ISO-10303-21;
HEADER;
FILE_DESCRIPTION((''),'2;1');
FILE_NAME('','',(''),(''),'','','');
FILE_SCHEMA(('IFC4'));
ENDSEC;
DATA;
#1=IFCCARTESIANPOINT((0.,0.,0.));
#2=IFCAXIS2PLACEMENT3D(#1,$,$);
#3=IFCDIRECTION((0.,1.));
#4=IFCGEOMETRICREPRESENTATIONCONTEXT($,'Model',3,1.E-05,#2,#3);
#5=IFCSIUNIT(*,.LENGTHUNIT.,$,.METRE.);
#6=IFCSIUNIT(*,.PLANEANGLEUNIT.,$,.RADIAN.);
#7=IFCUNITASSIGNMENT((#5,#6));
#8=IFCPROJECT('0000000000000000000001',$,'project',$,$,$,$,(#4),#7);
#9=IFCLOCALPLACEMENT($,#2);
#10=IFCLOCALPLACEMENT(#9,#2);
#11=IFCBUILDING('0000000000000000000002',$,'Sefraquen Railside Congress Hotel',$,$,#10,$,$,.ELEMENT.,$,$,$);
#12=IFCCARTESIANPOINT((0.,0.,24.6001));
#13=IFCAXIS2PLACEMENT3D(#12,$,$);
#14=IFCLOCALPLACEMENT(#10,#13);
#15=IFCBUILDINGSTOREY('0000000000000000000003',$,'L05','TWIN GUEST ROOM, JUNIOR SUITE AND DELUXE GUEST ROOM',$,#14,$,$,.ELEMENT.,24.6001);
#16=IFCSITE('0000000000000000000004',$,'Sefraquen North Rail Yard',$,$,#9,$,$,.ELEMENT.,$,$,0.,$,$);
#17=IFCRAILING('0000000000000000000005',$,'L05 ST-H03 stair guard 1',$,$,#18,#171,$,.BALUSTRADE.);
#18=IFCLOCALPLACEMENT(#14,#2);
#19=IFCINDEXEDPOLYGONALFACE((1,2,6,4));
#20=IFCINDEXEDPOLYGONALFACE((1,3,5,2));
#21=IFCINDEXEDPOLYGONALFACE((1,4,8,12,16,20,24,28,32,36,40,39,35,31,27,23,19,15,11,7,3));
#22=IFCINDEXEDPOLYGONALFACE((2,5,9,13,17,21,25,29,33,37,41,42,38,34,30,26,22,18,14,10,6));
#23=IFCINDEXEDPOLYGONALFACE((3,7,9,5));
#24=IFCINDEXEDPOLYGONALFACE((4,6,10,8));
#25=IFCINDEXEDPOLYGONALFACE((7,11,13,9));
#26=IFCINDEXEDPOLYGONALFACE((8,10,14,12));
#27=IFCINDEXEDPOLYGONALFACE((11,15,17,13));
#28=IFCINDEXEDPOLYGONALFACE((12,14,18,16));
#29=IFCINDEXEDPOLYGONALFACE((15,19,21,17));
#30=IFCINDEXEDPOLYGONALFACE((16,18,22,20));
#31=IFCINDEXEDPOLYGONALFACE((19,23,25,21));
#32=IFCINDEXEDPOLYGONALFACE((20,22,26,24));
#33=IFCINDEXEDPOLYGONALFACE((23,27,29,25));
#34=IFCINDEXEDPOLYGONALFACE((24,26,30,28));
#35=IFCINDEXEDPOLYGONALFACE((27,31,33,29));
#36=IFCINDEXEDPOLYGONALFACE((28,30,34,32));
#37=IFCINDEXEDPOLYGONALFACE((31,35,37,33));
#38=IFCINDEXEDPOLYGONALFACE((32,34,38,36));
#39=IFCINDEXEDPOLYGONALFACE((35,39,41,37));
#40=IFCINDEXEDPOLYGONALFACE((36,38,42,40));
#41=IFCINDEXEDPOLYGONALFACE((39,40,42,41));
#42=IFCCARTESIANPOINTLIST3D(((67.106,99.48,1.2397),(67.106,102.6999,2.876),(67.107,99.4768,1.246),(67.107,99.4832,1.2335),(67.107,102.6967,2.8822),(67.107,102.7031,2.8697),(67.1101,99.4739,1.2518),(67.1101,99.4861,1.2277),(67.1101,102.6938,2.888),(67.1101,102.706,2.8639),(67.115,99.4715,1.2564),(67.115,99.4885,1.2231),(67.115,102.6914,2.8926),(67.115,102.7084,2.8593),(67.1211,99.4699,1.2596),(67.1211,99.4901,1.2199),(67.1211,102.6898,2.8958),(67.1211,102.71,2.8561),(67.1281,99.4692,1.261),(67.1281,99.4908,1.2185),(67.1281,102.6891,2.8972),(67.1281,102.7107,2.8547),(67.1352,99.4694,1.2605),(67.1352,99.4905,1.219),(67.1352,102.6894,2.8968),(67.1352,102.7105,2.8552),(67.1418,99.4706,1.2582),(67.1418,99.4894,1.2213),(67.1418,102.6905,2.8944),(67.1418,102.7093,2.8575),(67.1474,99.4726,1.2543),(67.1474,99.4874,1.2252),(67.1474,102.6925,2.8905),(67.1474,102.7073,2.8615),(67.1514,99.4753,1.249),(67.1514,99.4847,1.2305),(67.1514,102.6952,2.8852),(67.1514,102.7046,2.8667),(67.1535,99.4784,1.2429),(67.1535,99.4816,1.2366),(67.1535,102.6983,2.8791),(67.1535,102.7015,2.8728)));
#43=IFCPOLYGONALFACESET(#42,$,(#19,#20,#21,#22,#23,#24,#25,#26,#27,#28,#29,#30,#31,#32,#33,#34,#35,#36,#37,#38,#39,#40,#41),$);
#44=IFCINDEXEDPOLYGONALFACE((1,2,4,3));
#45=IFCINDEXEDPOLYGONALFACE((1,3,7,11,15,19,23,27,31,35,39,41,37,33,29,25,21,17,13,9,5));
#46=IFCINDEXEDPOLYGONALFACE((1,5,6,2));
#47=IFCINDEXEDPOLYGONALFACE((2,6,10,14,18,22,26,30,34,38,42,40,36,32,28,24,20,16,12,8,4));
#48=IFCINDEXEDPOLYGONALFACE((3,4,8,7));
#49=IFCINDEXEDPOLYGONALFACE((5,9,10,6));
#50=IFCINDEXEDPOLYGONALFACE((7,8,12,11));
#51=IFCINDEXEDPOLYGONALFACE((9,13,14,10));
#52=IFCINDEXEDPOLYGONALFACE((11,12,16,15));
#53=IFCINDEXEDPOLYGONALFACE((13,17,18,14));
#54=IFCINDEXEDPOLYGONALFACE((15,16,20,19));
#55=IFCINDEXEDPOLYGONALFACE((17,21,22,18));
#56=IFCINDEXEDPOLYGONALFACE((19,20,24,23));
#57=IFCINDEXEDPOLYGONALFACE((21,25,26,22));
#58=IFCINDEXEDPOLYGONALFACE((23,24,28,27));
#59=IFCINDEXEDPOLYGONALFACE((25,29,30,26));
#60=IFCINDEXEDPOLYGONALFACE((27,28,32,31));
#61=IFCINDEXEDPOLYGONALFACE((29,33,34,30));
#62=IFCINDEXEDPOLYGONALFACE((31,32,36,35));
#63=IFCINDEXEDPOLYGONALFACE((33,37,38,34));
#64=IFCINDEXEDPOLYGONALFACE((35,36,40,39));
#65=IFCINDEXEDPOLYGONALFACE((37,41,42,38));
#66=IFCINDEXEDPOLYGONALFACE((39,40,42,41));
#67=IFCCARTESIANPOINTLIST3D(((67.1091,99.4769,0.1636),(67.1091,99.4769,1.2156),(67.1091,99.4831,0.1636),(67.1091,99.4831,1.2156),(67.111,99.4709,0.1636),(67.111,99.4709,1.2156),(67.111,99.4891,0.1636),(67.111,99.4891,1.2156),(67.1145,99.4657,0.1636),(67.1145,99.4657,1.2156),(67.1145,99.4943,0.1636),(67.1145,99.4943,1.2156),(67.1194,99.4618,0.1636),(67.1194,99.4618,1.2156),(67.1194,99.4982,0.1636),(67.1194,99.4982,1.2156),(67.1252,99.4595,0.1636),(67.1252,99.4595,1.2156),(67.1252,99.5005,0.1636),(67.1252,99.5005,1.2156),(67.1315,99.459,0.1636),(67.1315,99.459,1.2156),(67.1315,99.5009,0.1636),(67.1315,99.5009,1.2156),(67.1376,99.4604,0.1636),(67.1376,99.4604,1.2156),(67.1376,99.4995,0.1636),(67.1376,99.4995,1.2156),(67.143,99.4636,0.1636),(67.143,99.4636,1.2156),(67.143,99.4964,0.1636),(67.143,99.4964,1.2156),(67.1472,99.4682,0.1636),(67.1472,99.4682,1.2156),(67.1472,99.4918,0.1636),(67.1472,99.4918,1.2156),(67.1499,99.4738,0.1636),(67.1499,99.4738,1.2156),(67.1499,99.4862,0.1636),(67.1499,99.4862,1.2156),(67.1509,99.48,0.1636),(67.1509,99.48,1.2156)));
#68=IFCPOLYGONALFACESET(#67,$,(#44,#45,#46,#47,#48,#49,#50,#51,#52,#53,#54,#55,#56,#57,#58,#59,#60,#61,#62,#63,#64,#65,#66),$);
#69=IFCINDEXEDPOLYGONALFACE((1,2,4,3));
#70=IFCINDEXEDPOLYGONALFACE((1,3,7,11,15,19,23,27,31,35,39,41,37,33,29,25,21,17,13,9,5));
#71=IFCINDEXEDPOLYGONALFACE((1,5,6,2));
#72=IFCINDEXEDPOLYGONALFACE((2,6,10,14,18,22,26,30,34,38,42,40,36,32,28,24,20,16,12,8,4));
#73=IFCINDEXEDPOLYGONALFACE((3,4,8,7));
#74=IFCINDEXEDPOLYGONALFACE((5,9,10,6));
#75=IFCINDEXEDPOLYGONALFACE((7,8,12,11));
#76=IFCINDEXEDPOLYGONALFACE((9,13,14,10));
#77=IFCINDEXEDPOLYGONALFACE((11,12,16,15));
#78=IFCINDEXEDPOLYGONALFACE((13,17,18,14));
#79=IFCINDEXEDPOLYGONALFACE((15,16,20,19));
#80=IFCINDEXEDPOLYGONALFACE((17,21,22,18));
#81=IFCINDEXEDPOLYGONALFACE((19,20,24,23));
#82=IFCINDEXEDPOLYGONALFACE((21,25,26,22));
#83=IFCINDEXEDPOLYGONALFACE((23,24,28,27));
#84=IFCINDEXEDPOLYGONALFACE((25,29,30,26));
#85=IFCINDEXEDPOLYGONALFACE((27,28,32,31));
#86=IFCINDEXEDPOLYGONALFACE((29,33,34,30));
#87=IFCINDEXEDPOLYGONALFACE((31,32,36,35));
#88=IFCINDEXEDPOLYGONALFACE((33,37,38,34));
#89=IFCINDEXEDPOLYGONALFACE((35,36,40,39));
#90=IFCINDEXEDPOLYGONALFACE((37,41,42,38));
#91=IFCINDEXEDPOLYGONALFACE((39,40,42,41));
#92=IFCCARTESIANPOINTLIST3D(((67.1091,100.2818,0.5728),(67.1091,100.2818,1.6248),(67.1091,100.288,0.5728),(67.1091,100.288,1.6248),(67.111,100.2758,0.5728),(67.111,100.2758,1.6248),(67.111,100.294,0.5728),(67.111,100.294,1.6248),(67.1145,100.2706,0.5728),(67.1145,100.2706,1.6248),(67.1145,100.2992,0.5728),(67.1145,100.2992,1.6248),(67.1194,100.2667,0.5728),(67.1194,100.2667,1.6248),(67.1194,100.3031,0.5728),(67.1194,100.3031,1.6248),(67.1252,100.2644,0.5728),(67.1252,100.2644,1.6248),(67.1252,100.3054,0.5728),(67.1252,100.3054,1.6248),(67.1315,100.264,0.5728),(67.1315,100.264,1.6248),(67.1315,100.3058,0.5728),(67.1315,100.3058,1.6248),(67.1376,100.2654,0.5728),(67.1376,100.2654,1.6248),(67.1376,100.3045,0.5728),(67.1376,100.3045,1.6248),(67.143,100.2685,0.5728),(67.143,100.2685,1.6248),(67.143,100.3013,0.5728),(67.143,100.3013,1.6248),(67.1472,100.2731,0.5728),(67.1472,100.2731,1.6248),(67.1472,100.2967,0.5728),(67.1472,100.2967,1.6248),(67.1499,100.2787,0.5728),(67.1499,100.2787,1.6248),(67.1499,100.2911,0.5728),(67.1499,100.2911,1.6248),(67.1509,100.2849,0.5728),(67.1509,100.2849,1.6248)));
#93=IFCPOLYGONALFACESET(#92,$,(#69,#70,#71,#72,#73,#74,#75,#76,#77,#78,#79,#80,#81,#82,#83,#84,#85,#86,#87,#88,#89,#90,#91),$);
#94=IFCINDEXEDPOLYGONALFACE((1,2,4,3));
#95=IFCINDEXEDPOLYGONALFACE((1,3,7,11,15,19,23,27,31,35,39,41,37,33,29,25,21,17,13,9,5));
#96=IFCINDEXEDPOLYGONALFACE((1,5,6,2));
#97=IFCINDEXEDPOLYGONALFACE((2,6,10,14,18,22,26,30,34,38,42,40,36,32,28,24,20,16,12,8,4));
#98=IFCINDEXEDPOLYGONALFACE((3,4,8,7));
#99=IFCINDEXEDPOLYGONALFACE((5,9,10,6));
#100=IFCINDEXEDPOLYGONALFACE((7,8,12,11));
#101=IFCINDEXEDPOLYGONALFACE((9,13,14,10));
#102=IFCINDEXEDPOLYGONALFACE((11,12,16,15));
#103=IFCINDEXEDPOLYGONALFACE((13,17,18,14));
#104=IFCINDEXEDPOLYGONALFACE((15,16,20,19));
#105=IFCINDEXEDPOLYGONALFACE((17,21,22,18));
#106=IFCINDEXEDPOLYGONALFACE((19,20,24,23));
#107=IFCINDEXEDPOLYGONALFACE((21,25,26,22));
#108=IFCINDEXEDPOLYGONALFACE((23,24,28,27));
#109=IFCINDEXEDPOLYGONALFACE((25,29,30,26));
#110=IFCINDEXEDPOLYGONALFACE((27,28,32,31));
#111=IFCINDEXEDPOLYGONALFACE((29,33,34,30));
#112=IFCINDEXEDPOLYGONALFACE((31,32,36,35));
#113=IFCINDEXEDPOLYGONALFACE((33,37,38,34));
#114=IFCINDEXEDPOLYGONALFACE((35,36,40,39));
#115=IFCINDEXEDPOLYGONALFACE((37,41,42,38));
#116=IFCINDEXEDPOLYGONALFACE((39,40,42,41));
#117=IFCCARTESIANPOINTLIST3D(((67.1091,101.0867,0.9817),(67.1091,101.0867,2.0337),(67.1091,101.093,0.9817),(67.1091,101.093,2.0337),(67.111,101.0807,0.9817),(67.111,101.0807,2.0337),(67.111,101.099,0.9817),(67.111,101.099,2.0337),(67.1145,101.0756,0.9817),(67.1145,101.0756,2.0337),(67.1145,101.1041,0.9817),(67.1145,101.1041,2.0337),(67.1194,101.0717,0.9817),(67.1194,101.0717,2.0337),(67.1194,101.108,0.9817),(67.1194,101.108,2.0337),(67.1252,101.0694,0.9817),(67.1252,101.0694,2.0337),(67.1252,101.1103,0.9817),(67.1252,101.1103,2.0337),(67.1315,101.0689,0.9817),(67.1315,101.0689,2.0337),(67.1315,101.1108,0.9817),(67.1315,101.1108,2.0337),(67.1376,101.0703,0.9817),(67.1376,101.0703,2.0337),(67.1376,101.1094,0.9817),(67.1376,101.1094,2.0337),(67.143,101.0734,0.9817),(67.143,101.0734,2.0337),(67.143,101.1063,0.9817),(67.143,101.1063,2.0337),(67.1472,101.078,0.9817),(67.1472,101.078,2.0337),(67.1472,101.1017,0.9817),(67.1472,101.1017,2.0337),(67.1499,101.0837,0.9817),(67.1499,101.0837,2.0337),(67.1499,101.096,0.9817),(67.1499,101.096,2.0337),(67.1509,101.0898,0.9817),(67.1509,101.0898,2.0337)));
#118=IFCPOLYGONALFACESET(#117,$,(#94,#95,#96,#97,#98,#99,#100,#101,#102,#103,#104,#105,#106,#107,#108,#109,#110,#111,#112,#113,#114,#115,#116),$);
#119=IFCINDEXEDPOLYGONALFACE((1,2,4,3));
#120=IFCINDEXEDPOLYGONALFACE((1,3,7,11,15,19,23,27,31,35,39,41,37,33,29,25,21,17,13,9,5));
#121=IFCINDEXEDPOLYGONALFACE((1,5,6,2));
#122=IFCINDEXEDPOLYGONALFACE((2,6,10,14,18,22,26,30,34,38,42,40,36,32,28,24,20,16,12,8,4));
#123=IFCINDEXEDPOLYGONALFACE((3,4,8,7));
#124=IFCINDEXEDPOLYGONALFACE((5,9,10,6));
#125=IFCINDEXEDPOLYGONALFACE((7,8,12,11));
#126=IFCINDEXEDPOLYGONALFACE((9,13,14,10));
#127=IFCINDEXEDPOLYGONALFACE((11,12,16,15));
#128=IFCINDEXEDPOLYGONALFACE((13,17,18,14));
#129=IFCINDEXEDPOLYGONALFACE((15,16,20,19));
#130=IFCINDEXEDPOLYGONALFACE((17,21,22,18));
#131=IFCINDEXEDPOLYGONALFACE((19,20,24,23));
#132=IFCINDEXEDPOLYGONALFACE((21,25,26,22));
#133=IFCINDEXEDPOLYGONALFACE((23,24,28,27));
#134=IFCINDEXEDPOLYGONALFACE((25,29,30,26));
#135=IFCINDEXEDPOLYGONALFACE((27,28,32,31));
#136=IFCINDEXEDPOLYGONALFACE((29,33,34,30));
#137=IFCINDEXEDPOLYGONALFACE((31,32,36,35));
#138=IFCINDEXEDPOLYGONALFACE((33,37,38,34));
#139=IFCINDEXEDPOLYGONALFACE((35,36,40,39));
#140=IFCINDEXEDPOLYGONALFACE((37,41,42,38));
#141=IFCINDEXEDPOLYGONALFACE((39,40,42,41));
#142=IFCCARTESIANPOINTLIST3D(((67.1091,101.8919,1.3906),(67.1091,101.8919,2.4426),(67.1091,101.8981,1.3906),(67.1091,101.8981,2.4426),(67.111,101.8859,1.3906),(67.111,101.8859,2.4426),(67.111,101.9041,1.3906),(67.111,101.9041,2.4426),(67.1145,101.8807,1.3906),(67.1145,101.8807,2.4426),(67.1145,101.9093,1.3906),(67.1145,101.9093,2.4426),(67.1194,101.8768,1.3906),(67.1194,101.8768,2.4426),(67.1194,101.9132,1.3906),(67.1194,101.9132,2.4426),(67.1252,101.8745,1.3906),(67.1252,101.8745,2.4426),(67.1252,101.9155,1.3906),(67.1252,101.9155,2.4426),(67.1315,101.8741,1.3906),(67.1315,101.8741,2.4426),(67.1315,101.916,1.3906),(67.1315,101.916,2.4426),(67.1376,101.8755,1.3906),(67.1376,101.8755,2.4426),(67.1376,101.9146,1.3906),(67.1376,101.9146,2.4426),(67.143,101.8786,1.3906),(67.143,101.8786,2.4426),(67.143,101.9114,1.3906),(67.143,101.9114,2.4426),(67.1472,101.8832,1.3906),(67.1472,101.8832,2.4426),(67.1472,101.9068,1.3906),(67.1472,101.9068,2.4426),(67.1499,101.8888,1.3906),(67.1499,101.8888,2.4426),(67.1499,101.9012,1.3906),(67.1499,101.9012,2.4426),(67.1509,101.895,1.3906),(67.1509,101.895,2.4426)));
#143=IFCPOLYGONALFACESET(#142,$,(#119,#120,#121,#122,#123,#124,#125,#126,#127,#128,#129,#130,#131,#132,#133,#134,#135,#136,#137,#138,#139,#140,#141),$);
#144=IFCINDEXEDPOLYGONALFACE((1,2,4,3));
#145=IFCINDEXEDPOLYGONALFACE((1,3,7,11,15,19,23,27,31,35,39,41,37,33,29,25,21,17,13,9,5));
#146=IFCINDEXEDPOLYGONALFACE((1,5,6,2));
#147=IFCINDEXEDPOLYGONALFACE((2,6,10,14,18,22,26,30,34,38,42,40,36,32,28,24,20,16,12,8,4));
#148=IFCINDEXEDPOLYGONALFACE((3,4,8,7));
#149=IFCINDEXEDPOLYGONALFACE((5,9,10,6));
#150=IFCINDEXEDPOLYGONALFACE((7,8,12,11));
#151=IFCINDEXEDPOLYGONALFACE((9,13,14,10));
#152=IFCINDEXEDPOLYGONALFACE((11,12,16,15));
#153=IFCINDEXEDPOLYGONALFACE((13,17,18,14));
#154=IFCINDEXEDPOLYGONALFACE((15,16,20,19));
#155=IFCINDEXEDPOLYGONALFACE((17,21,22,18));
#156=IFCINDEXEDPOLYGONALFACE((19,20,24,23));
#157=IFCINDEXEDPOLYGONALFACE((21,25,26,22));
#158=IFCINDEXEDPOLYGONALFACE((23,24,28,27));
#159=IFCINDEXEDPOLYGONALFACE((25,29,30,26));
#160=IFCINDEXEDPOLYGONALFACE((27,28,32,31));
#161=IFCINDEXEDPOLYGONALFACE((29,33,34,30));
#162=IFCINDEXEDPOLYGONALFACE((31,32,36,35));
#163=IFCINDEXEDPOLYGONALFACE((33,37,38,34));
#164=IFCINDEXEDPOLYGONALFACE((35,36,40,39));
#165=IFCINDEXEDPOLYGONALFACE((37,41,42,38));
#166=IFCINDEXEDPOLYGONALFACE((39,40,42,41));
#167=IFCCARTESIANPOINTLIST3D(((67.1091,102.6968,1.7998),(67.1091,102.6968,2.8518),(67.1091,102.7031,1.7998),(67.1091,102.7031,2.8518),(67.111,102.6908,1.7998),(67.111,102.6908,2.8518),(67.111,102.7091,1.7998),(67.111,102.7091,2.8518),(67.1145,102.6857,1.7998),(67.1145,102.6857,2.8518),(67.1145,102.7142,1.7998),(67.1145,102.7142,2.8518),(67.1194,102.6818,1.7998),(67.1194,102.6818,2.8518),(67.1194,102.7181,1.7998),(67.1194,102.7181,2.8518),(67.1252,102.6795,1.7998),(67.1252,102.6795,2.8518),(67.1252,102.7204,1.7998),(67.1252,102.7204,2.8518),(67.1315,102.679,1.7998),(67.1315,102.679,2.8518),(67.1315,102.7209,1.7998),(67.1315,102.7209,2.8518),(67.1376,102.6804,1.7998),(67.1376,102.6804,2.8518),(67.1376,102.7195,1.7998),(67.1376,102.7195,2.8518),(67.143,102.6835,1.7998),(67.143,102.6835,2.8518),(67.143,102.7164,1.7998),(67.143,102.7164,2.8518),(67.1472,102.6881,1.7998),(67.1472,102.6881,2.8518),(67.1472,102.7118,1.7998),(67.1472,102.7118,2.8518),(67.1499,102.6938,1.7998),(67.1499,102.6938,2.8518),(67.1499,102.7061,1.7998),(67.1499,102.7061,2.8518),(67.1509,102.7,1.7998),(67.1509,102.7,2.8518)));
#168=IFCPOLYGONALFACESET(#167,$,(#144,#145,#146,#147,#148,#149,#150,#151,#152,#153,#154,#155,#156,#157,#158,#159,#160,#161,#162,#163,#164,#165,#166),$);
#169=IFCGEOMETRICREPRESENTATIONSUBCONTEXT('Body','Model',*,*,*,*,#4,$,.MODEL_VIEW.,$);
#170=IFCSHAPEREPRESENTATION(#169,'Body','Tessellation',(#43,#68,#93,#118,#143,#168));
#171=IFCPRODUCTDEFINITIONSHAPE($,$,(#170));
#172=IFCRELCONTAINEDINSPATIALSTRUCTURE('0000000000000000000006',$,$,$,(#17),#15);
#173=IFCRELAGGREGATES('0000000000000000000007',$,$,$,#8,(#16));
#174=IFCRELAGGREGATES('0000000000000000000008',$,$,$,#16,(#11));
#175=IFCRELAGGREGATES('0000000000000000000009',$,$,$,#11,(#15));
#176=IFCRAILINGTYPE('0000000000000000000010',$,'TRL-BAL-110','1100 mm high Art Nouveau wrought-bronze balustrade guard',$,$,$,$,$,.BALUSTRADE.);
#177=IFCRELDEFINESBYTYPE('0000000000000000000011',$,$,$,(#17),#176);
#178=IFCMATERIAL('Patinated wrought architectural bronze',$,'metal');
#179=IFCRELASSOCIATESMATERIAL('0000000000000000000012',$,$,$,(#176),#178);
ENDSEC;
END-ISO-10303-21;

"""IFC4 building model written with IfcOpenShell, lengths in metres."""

from ifc_helpers import new_model, si_unit, direction, frame, origin, origin_2d, place, context, subcontext, project, spatial, circle, extrude, material, type_object, element, save


model = new_model("IFC4")

# Units and contexts
model_context = context("Model", 3, precision=1e-05, world=origin(), true_north=direction((0.0, 1.0)))
body_context = subcontext(model_context, "Body", "Model", "MODEL_VIEW")
ifc_project = project(units=[si_unit("LENGTHUNIT", "METRE"), si_unit("PLANEANGLEUNIT", "RADIAN")], contexts=[model_context])

# Site, building, storey
site_placement = place(None, origin())
site = spatial("IfcSite", under=ifc_project, at=site_placement, Name="Sefraquen North Rail Yard", CompositionType="ELEMENT", RefElevation=0.0)
building_placement = place(site_placement, origin())
building = spatial("IfcBuilding", under=site, at=building_placement, Name="Sefraquen Railside Congress Hotel", CompositionType="ELEMENT")
storey_placement = place(building_placement, frame((0.0, 0.0, 24.6001)))
storey = spatial("IfcBuildingStorey", under=building, at=storey_placement, Name="L05", Description="TWIN GUEST ROOM, JUNIOR SUITE AND DELUXE GUEST ROOM", CompositionType="ELEMENT", Elevation=24.6001)

# Railing
ifc_material_1 = material(Name="Patinated wrought architectural bronze", Category="metal")
railing_type_1 = type_object("IfcRailingType", Name="TRL-BAL-110", Description="1100 mm high Art Nouveau wrought-bronze balustrade guard", PredefinedType="BALUSTRADE", material=ifc_material_1)
railing_1_placement = place(storey_placement, frame((67.1299, 99.48, 0.1636)))
element("IfcRailing", 1, at=railing_1_placement, inside=storey, type_object=railing_type_1, Name="L05 ST-H03 stair guard 1", PredefinedType="BALUSTRADE", context=body_context, shape_type="SweptSolid", body=[
    extrude(circle(Radius=0.0239, at=origin_2d()), frame((0.0, 0.0, 1.0762), z_axis=(0.0, 0.891502, 0.453017), x_axis=(-1.0, 0.0, 0.0)), (0.0, 0.0, 1.0), 3.6118),
    extrude(circle(Radius=0.021, at=origin_2d()), origin(), (0.0, 0.0, 1.0), 1.052),
    extrude(circle(Radius=0.021, at=origin_2d()), frame((0.0, 0.8049, 0.4092)), (0.0, 0.0, 1.0), 1.052),
    extrude(circle(Radius=0.021, at=origin_2d()), frame((0.0, 1.6099, 0.8181)), (0.0, 0.0, 1.0), 1.052),
    extrude(circle(Radius=0.021, at=origin_2d()), frame((0.0, 2.415, 1.2271)), (0.0, 0.0, 1.0), 1.052),
    extrude(circle(Radius=0.021, at=origin_2d()), frame((0.0, 3.22, 1.6362)), (0.0, 0.0, 1.0), 1.052),
])

save(model, "model.ifc")
